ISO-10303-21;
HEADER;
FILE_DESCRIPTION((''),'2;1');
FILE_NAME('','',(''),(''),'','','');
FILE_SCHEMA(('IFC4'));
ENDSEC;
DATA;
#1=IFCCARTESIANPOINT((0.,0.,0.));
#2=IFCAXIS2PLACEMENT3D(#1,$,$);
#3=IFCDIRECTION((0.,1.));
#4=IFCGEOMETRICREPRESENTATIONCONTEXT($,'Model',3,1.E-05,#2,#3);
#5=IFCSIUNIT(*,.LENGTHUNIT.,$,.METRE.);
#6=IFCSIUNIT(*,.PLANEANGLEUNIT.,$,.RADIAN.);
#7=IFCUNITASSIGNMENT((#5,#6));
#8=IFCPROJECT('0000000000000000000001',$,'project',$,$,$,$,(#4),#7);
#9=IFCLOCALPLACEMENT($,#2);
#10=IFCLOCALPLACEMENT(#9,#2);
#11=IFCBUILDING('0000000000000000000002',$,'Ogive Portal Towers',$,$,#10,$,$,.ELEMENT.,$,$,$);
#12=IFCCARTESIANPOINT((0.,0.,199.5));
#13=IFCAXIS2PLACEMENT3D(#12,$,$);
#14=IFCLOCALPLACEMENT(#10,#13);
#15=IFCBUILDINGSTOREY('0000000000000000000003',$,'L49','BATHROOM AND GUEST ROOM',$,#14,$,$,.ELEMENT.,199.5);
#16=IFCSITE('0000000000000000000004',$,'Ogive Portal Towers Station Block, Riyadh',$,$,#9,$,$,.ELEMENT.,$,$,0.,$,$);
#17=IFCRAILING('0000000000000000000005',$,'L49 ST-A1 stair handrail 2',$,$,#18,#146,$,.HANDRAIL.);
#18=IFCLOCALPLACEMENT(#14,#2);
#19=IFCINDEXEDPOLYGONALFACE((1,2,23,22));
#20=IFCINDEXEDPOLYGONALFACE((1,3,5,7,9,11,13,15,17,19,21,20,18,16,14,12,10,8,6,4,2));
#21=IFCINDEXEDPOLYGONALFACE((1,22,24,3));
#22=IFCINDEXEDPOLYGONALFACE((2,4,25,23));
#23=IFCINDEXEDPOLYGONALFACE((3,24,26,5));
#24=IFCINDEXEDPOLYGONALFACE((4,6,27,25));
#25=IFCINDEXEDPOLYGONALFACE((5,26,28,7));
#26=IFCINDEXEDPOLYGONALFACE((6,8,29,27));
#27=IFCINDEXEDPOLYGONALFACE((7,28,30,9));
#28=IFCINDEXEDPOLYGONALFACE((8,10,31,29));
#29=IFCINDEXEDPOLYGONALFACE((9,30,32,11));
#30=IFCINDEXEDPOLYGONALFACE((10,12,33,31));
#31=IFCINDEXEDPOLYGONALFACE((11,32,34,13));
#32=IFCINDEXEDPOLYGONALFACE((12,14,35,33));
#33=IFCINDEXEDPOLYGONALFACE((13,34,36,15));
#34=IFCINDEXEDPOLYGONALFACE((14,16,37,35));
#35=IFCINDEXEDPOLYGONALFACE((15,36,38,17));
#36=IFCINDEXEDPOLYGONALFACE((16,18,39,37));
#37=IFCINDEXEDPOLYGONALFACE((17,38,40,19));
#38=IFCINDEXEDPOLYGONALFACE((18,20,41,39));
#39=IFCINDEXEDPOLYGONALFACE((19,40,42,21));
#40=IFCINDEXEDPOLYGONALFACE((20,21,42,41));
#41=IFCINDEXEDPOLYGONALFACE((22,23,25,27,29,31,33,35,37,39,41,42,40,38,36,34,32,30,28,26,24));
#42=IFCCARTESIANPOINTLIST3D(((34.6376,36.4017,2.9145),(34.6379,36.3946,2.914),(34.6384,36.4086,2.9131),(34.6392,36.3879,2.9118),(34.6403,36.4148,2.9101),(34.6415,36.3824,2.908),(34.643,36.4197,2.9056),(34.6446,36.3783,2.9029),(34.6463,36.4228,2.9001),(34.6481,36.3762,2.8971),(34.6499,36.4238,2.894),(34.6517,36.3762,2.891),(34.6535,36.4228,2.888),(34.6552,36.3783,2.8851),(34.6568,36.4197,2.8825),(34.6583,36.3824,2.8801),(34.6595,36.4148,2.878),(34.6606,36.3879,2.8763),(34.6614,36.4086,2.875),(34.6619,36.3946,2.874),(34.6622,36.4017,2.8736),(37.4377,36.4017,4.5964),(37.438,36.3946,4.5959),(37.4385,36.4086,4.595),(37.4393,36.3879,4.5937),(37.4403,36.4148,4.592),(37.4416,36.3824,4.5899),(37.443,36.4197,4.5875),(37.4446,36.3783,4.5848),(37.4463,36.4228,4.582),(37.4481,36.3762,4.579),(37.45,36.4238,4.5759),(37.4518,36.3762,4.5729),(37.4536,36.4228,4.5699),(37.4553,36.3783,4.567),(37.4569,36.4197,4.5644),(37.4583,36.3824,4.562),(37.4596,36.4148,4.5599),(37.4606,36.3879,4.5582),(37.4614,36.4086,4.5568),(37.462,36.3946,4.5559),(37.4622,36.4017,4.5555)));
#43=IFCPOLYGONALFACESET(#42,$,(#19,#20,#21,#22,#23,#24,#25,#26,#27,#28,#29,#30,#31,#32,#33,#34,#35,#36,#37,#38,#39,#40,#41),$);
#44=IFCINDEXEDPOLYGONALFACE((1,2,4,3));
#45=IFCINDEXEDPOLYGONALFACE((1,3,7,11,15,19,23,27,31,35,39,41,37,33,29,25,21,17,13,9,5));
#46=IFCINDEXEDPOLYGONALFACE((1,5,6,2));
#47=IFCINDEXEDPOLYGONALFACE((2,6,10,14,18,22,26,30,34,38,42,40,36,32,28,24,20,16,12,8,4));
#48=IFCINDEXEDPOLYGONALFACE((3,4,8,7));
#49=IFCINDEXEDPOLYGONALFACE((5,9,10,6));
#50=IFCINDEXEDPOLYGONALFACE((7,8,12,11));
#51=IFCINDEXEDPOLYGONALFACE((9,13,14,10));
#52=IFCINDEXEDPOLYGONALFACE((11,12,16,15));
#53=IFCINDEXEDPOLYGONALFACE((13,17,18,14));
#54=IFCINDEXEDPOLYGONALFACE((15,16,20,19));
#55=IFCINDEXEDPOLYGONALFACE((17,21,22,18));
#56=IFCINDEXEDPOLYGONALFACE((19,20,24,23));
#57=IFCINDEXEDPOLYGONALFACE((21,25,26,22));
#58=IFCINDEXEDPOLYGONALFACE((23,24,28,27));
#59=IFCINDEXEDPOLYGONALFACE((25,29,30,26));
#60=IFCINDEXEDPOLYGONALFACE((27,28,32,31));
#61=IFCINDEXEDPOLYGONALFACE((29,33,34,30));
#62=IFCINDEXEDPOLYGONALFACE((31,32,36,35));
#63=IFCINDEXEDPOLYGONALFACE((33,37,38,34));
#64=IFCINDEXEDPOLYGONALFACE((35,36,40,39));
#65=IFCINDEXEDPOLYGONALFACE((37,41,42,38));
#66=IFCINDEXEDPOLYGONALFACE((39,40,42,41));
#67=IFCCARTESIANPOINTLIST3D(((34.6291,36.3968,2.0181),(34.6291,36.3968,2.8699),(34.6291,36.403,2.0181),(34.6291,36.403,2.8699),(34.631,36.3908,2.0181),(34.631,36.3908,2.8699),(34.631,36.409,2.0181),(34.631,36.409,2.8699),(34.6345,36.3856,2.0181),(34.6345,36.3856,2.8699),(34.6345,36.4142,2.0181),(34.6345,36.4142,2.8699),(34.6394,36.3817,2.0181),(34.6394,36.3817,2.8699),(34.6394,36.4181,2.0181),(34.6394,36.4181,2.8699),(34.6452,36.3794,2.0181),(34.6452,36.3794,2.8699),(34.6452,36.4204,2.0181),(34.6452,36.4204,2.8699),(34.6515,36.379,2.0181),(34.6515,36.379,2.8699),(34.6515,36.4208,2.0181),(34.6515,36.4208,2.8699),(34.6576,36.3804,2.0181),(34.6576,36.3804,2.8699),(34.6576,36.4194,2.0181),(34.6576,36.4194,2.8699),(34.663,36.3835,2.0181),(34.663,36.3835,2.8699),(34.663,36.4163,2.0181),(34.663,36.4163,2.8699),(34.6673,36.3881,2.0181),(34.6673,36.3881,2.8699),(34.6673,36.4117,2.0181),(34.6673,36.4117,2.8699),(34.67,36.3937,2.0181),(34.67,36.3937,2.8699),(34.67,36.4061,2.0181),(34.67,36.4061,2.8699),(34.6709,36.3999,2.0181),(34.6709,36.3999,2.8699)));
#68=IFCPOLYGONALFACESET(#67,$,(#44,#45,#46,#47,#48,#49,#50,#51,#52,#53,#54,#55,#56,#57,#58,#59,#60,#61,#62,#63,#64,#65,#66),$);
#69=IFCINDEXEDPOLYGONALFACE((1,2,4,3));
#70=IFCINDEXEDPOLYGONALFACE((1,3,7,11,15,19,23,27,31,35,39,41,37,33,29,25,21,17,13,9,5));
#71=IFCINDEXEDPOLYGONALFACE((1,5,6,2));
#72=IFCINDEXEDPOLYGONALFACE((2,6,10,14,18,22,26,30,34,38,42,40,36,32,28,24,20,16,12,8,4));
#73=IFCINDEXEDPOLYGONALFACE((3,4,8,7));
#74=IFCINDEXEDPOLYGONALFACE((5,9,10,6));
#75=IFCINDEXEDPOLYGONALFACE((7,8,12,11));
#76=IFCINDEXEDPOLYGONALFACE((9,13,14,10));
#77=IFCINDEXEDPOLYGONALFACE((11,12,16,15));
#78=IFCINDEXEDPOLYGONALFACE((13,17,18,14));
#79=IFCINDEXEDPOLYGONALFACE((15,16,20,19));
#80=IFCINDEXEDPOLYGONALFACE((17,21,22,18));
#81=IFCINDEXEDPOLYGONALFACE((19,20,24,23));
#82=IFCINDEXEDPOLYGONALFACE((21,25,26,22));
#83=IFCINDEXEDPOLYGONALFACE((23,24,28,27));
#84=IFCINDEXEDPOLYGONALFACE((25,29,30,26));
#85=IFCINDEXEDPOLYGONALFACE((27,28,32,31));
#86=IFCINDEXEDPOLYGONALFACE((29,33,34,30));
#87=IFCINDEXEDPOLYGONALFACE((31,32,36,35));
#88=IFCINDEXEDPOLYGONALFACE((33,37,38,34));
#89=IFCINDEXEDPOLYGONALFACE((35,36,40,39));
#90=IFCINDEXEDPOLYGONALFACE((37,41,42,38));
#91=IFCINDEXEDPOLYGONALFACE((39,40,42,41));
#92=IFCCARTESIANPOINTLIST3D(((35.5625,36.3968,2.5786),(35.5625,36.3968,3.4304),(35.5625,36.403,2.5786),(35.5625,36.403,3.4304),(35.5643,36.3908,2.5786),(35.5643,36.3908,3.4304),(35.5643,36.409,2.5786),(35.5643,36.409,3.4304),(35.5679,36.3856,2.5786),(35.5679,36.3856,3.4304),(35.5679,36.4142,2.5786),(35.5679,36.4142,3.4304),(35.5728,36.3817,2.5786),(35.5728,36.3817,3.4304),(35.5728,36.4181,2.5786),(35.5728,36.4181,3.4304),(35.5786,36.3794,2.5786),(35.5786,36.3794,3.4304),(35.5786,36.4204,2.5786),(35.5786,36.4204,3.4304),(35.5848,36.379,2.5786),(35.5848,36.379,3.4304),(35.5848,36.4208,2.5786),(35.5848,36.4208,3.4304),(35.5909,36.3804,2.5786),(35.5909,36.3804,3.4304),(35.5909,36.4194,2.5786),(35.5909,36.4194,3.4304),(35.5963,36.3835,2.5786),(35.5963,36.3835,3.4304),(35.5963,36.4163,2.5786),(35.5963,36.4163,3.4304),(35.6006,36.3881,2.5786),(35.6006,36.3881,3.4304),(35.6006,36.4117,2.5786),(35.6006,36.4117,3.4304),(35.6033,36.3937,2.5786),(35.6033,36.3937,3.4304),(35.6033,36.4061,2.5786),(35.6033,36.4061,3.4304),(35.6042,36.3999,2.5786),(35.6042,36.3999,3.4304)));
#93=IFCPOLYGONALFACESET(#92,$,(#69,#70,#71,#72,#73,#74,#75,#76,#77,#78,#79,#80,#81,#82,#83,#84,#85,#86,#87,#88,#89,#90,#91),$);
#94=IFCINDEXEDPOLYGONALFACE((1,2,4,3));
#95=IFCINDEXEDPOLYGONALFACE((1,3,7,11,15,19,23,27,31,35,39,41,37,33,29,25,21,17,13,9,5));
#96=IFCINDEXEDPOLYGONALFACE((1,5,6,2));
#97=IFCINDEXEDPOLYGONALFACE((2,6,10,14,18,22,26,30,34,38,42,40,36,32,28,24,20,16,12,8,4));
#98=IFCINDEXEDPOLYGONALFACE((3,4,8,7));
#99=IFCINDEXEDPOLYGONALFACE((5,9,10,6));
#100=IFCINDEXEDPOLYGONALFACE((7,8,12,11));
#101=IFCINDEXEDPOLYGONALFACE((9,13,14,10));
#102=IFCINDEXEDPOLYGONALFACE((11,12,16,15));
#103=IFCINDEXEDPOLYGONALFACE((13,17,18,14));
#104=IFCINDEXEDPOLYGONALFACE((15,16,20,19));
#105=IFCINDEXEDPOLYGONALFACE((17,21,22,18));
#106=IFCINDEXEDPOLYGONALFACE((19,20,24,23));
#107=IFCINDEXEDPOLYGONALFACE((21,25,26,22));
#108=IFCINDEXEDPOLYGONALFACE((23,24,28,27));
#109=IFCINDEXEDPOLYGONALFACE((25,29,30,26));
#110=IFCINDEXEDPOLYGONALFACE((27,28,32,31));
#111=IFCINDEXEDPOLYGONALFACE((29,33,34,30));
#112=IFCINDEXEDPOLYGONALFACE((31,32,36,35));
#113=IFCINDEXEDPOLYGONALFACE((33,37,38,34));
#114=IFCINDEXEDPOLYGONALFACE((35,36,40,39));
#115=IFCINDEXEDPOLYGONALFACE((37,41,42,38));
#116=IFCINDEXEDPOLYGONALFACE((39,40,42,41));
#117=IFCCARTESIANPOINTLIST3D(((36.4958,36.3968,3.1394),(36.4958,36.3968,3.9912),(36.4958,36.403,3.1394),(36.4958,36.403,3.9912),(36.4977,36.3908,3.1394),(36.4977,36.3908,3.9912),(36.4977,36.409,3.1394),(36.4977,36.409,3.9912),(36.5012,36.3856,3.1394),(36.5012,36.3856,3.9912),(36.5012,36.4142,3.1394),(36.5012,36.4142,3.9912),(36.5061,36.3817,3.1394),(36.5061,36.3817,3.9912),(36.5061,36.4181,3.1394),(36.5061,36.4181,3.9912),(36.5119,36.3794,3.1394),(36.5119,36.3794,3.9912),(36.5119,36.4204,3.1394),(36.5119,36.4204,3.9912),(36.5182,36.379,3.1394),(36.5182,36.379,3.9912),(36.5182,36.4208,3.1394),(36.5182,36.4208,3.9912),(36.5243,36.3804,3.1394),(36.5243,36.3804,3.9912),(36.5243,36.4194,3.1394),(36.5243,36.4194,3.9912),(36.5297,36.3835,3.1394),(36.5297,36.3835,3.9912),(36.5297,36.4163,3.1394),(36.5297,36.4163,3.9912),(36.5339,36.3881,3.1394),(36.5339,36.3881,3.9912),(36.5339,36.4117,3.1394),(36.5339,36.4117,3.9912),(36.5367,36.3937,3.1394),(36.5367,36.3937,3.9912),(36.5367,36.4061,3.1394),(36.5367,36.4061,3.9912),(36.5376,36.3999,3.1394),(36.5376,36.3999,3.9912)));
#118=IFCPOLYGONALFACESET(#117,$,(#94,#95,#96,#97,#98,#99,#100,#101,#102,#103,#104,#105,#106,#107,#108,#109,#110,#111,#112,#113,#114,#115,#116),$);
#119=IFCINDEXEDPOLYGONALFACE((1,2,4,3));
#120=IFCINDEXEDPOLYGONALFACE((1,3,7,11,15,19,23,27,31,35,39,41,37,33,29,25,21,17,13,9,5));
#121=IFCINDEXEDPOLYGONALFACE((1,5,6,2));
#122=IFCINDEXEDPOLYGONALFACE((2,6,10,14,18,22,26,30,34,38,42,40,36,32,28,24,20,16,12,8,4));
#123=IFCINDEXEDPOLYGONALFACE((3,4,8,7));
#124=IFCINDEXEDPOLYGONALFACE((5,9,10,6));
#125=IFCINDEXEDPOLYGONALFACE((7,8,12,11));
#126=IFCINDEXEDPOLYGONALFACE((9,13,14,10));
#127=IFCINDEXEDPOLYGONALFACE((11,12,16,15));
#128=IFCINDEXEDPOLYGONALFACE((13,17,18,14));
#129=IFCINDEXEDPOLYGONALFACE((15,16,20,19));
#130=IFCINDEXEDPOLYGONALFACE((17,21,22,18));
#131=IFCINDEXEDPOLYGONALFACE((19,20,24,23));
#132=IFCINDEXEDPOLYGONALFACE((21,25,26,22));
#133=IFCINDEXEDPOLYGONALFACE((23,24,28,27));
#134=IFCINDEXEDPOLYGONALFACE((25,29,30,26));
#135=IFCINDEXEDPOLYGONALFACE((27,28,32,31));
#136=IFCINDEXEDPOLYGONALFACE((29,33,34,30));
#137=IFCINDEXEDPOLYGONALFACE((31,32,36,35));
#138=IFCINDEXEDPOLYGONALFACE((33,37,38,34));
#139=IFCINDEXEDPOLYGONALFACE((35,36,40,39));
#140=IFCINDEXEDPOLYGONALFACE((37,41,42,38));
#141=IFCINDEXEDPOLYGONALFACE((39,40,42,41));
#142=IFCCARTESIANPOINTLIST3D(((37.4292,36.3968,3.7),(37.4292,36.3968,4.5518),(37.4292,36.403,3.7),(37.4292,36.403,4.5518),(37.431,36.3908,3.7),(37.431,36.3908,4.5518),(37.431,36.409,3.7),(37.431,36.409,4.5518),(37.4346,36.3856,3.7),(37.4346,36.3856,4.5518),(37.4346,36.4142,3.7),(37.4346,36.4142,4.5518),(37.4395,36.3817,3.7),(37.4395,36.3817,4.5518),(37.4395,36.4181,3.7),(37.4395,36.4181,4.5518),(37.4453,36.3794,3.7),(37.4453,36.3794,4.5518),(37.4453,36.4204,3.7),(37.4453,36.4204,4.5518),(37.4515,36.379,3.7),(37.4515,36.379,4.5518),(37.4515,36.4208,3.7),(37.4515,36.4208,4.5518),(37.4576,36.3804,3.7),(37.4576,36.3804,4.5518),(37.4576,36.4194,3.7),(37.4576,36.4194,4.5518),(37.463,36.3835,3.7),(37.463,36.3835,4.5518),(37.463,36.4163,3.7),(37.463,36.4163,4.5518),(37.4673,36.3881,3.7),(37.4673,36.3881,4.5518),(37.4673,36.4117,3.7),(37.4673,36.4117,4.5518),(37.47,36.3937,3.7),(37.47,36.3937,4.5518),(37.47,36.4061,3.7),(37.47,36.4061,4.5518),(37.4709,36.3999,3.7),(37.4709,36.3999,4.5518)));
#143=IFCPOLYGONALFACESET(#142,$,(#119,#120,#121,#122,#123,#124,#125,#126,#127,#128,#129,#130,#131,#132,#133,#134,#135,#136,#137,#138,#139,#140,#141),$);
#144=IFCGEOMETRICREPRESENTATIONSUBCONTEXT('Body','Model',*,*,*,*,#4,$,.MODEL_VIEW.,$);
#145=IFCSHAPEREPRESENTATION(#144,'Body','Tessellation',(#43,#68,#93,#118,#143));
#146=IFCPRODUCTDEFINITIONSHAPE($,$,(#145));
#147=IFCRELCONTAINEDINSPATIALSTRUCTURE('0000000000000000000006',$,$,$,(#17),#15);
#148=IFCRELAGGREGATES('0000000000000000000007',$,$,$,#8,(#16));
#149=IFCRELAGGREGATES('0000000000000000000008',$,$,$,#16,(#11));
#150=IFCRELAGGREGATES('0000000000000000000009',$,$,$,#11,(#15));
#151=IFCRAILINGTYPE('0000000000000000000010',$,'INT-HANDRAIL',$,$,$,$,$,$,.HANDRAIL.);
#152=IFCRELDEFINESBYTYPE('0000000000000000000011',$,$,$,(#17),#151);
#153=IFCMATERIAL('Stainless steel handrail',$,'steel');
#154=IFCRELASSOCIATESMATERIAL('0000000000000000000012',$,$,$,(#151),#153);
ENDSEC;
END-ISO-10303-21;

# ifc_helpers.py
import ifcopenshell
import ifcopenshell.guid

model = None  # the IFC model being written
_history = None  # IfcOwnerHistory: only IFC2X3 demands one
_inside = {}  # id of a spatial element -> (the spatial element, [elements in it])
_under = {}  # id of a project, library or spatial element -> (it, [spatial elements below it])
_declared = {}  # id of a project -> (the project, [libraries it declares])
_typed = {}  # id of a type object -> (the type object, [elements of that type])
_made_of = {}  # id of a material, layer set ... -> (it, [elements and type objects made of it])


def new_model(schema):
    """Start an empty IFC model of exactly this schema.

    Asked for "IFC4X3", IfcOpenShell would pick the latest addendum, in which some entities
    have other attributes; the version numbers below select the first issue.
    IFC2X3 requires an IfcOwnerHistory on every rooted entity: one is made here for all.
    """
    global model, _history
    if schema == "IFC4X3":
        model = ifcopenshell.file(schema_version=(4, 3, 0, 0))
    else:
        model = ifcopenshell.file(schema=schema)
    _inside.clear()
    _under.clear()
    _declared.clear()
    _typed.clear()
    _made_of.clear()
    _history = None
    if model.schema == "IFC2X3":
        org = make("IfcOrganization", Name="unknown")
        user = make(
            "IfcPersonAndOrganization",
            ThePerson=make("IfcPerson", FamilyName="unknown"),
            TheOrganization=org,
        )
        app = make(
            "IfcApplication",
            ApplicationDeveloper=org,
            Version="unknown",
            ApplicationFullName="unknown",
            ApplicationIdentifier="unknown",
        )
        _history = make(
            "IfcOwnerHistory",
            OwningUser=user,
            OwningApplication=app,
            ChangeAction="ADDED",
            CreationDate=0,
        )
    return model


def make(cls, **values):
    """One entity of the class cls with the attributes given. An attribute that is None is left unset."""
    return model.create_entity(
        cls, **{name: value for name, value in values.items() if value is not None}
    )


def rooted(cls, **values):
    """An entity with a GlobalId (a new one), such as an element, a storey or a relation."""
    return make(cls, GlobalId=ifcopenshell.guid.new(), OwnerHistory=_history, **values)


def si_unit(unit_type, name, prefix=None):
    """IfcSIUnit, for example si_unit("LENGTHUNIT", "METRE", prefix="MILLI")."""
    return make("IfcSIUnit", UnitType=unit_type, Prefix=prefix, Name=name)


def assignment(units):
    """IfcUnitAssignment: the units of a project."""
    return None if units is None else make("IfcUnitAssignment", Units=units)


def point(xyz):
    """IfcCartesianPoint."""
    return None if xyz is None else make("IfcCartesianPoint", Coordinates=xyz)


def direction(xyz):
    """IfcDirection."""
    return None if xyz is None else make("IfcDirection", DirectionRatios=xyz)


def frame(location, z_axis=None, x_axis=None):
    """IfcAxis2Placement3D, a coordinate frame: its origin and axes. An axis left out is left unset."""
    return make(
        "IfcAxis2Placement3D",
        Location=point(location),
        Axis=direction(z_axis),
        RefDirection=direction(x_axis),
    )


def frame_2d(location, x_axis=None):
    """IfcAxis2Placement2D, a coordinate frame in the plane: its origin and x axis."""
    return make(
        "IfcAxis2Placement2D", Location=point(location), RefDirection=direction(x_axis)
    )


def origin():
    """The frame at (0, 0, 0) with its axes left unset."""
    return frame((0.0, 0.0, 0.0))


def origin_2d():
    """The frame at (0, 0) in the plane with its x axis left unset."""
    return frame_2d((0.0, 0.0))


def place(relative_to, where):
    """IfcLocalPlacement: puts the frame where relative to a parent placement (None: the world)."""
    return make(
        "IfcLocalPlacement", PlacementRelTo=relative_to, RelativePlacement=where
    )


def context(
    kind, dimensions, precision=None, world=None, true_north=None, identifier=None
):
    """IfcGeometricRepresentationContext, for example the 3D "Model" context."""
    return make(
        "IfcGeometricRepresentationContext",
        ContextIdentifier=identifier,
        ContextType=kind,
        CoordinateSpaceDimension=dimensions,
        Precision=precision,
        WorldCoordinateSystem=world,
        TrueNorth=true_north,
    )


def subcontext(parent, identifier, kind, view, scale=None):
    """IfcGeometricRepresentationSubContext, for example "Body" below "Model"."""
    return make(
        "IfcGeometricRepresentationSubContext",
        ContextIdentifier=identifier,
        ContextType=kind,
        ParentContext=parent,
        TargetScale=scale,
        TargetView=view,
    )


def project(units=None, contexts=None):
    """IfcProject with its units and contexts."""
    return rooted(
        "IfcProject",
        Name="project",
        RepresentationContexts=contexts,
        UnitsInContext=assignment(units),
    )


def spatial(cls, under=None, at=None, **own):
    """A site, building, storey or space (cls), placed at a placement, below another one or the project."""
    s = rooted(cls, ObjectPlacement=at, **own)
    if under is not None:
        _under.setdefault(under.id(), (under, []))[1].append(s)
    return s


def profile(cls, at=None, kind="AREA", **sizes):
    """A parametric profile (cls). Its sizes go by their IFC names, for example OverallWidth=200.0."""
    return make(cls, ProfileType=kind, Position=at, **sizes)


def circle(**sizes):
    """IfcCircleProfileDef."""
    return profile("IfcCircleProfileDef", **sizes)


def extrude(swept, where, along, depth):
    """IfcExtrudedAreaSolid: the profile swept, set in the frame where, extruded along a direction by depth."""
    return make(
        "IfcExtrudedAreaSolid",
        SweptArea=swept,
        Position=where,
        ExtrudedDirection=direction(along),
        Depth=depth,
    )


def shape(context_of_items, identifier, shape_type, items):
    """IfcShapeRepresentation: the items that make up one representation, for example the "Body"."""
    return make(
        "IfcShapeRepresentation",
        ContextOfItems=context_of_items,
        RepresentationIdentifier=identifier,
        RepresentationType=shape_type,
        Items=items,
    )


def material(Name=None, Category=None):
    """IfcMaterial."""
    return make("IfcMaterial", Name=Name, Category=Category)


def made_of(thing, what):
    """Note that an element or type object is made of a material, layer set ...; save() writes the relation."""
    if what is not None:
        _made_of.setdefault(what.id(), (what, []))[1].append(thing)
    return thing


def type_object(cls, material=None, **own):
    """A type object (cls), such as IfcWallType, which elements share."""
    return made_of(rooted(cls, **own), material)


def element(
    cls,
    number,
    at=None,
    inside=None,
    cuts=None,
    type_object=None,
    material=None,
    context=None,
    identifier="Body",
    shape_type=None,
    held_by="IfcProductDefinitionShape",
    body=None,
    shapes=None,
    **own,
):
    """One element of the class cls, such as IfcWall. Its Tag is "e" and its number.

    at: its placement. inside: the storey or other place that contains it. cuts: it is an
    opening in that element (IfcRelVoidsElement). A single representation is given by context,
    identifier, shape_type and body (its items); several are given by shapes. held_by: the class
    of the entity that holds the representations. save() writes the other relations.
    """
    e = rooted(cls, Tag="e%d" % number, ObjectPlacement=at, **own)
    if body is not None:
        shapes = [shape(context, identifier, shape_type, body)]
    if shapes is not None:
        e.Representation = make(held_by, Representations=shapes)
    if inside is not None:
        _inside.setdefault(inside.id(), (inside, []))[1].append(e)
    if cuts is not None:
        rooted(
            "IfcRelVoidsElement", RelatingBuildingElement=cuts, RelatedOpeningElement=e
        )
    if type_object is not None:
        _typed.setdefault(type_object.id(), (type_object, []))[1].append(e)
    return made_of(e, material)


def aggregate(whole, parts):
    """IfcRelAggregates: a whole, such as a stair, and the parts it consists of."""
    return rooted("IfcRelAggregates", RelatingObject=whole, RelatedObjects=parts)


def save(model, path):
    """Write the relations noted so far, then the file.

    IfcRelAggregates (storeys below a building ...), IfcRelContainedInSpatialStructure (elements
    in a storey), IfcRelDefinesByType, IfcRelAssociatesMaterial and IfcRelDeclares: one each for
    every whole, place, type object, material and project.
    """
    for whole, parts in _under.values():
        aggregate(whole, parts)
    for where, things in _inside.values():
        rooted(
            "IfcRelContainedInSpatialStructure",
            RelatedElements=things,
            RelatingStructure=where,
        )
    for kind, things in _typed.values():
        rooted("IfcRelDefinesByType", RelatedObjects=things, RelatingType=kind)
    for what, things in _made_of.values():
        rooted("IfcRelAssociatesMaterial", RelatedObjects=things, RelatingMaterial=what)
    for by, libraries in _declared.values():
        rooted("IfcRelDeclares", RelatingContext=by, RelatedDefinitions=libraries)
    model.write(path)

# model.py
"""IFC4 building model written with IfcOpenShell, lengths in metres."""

from ifc_helpers import new_model, si_unit, direction, frame, origin, origin_2d, place, context, subcontext, project, spatial, circle, extrude, material, type_object, element, save


model = new_model("IFC4")

# Units and contexts
model_context = context("Model", 3, precision=1e-05, world=origin(), true_north=direction((0.0, 1.0)))
body_context = subcontext(model_context, "Body", "Model", "MODEL_VIEW")
ifc_project = project(units=[si_unit("LENGTHUNIT", "METRE"), si_unit("PLANEANGLEUNIT", "RADIAN")], contexts=[model_context])

# Site, building, storey
site_placement = place(None, origin())
site = spatial("IfcSite", under=ifc_project, at=site_placement, Name="Ogive Portal Towers Station Block, Riyadh", CompositionType="ELEMENT", RefElevation=0.0)
building_placement = place(site_placement, origin())
building = spatial("IfcBuilding", under=site, at=building_placement, Name="Ogive Portal Towers", CompositionType="ELEMENT")
storey_placement = place(building_placement, frame((0.0, 0.0, 199.5)))
storey = spatial("IfcBuildingStorey", under=building, at=storey_placement, Name="L49", Description="BATHROOM AND GUEST ROOM", CompositionType="ELEMENT", Elevation=199.5)

# Railing
ifc_material_1 = material(Name="Stainless steel handrail", Category="steel")
railing_type_1 = type_object("IfcRailingType", Name="INT-HANDRAIL", PredefinedType="HANDRAIL", material=ifc_material_1)
railing_1_placement = place(storey_placement, frame((34.6499, 36.3999, 2.0181)))
element("IfcRailing", 1, at=railing_1_placement, inside=storey, type_object=railing_type_1, Name="L49 ST-A1 stair handrail 2", PredefinedType="HANDRAIL", context=body_context, shape_type="SweptSolid", body=[
    extrude(circle(Radius=0.0239, at=origin_2d()), frame((0.0, 0.0, 0.876), z_axis=(0.857242, 0.0, 0.514913), x_axis=(0.0, 1.0, 0.0)), (0.0, 0.0, 1.0), 3.2664),
    extrude(circle(Radius=0.021, at=origin_2d()), origin(), (0.0, 0.0, 1.0), 0.8518),
    extrude(circle(Radius=0.021, at=origin_2d()), frame((0.9333, 0.0, 0.5605)), (0.0, 0.0, 1.0), 0.8518),
    extrude(circle(Radius=0.021, at=origin_2d()), frame((1.8667, 0.0, 1.1213)), (0.0, 0.0, 1.0), 0.8518),
    extrude(circle(Radius=0.021, at=origin_2d()), frame((2.8, 0.0, 1.6819)), (0.0, 0.0, 1.0), 0.8518),
])

save(model, "model.ifc")
